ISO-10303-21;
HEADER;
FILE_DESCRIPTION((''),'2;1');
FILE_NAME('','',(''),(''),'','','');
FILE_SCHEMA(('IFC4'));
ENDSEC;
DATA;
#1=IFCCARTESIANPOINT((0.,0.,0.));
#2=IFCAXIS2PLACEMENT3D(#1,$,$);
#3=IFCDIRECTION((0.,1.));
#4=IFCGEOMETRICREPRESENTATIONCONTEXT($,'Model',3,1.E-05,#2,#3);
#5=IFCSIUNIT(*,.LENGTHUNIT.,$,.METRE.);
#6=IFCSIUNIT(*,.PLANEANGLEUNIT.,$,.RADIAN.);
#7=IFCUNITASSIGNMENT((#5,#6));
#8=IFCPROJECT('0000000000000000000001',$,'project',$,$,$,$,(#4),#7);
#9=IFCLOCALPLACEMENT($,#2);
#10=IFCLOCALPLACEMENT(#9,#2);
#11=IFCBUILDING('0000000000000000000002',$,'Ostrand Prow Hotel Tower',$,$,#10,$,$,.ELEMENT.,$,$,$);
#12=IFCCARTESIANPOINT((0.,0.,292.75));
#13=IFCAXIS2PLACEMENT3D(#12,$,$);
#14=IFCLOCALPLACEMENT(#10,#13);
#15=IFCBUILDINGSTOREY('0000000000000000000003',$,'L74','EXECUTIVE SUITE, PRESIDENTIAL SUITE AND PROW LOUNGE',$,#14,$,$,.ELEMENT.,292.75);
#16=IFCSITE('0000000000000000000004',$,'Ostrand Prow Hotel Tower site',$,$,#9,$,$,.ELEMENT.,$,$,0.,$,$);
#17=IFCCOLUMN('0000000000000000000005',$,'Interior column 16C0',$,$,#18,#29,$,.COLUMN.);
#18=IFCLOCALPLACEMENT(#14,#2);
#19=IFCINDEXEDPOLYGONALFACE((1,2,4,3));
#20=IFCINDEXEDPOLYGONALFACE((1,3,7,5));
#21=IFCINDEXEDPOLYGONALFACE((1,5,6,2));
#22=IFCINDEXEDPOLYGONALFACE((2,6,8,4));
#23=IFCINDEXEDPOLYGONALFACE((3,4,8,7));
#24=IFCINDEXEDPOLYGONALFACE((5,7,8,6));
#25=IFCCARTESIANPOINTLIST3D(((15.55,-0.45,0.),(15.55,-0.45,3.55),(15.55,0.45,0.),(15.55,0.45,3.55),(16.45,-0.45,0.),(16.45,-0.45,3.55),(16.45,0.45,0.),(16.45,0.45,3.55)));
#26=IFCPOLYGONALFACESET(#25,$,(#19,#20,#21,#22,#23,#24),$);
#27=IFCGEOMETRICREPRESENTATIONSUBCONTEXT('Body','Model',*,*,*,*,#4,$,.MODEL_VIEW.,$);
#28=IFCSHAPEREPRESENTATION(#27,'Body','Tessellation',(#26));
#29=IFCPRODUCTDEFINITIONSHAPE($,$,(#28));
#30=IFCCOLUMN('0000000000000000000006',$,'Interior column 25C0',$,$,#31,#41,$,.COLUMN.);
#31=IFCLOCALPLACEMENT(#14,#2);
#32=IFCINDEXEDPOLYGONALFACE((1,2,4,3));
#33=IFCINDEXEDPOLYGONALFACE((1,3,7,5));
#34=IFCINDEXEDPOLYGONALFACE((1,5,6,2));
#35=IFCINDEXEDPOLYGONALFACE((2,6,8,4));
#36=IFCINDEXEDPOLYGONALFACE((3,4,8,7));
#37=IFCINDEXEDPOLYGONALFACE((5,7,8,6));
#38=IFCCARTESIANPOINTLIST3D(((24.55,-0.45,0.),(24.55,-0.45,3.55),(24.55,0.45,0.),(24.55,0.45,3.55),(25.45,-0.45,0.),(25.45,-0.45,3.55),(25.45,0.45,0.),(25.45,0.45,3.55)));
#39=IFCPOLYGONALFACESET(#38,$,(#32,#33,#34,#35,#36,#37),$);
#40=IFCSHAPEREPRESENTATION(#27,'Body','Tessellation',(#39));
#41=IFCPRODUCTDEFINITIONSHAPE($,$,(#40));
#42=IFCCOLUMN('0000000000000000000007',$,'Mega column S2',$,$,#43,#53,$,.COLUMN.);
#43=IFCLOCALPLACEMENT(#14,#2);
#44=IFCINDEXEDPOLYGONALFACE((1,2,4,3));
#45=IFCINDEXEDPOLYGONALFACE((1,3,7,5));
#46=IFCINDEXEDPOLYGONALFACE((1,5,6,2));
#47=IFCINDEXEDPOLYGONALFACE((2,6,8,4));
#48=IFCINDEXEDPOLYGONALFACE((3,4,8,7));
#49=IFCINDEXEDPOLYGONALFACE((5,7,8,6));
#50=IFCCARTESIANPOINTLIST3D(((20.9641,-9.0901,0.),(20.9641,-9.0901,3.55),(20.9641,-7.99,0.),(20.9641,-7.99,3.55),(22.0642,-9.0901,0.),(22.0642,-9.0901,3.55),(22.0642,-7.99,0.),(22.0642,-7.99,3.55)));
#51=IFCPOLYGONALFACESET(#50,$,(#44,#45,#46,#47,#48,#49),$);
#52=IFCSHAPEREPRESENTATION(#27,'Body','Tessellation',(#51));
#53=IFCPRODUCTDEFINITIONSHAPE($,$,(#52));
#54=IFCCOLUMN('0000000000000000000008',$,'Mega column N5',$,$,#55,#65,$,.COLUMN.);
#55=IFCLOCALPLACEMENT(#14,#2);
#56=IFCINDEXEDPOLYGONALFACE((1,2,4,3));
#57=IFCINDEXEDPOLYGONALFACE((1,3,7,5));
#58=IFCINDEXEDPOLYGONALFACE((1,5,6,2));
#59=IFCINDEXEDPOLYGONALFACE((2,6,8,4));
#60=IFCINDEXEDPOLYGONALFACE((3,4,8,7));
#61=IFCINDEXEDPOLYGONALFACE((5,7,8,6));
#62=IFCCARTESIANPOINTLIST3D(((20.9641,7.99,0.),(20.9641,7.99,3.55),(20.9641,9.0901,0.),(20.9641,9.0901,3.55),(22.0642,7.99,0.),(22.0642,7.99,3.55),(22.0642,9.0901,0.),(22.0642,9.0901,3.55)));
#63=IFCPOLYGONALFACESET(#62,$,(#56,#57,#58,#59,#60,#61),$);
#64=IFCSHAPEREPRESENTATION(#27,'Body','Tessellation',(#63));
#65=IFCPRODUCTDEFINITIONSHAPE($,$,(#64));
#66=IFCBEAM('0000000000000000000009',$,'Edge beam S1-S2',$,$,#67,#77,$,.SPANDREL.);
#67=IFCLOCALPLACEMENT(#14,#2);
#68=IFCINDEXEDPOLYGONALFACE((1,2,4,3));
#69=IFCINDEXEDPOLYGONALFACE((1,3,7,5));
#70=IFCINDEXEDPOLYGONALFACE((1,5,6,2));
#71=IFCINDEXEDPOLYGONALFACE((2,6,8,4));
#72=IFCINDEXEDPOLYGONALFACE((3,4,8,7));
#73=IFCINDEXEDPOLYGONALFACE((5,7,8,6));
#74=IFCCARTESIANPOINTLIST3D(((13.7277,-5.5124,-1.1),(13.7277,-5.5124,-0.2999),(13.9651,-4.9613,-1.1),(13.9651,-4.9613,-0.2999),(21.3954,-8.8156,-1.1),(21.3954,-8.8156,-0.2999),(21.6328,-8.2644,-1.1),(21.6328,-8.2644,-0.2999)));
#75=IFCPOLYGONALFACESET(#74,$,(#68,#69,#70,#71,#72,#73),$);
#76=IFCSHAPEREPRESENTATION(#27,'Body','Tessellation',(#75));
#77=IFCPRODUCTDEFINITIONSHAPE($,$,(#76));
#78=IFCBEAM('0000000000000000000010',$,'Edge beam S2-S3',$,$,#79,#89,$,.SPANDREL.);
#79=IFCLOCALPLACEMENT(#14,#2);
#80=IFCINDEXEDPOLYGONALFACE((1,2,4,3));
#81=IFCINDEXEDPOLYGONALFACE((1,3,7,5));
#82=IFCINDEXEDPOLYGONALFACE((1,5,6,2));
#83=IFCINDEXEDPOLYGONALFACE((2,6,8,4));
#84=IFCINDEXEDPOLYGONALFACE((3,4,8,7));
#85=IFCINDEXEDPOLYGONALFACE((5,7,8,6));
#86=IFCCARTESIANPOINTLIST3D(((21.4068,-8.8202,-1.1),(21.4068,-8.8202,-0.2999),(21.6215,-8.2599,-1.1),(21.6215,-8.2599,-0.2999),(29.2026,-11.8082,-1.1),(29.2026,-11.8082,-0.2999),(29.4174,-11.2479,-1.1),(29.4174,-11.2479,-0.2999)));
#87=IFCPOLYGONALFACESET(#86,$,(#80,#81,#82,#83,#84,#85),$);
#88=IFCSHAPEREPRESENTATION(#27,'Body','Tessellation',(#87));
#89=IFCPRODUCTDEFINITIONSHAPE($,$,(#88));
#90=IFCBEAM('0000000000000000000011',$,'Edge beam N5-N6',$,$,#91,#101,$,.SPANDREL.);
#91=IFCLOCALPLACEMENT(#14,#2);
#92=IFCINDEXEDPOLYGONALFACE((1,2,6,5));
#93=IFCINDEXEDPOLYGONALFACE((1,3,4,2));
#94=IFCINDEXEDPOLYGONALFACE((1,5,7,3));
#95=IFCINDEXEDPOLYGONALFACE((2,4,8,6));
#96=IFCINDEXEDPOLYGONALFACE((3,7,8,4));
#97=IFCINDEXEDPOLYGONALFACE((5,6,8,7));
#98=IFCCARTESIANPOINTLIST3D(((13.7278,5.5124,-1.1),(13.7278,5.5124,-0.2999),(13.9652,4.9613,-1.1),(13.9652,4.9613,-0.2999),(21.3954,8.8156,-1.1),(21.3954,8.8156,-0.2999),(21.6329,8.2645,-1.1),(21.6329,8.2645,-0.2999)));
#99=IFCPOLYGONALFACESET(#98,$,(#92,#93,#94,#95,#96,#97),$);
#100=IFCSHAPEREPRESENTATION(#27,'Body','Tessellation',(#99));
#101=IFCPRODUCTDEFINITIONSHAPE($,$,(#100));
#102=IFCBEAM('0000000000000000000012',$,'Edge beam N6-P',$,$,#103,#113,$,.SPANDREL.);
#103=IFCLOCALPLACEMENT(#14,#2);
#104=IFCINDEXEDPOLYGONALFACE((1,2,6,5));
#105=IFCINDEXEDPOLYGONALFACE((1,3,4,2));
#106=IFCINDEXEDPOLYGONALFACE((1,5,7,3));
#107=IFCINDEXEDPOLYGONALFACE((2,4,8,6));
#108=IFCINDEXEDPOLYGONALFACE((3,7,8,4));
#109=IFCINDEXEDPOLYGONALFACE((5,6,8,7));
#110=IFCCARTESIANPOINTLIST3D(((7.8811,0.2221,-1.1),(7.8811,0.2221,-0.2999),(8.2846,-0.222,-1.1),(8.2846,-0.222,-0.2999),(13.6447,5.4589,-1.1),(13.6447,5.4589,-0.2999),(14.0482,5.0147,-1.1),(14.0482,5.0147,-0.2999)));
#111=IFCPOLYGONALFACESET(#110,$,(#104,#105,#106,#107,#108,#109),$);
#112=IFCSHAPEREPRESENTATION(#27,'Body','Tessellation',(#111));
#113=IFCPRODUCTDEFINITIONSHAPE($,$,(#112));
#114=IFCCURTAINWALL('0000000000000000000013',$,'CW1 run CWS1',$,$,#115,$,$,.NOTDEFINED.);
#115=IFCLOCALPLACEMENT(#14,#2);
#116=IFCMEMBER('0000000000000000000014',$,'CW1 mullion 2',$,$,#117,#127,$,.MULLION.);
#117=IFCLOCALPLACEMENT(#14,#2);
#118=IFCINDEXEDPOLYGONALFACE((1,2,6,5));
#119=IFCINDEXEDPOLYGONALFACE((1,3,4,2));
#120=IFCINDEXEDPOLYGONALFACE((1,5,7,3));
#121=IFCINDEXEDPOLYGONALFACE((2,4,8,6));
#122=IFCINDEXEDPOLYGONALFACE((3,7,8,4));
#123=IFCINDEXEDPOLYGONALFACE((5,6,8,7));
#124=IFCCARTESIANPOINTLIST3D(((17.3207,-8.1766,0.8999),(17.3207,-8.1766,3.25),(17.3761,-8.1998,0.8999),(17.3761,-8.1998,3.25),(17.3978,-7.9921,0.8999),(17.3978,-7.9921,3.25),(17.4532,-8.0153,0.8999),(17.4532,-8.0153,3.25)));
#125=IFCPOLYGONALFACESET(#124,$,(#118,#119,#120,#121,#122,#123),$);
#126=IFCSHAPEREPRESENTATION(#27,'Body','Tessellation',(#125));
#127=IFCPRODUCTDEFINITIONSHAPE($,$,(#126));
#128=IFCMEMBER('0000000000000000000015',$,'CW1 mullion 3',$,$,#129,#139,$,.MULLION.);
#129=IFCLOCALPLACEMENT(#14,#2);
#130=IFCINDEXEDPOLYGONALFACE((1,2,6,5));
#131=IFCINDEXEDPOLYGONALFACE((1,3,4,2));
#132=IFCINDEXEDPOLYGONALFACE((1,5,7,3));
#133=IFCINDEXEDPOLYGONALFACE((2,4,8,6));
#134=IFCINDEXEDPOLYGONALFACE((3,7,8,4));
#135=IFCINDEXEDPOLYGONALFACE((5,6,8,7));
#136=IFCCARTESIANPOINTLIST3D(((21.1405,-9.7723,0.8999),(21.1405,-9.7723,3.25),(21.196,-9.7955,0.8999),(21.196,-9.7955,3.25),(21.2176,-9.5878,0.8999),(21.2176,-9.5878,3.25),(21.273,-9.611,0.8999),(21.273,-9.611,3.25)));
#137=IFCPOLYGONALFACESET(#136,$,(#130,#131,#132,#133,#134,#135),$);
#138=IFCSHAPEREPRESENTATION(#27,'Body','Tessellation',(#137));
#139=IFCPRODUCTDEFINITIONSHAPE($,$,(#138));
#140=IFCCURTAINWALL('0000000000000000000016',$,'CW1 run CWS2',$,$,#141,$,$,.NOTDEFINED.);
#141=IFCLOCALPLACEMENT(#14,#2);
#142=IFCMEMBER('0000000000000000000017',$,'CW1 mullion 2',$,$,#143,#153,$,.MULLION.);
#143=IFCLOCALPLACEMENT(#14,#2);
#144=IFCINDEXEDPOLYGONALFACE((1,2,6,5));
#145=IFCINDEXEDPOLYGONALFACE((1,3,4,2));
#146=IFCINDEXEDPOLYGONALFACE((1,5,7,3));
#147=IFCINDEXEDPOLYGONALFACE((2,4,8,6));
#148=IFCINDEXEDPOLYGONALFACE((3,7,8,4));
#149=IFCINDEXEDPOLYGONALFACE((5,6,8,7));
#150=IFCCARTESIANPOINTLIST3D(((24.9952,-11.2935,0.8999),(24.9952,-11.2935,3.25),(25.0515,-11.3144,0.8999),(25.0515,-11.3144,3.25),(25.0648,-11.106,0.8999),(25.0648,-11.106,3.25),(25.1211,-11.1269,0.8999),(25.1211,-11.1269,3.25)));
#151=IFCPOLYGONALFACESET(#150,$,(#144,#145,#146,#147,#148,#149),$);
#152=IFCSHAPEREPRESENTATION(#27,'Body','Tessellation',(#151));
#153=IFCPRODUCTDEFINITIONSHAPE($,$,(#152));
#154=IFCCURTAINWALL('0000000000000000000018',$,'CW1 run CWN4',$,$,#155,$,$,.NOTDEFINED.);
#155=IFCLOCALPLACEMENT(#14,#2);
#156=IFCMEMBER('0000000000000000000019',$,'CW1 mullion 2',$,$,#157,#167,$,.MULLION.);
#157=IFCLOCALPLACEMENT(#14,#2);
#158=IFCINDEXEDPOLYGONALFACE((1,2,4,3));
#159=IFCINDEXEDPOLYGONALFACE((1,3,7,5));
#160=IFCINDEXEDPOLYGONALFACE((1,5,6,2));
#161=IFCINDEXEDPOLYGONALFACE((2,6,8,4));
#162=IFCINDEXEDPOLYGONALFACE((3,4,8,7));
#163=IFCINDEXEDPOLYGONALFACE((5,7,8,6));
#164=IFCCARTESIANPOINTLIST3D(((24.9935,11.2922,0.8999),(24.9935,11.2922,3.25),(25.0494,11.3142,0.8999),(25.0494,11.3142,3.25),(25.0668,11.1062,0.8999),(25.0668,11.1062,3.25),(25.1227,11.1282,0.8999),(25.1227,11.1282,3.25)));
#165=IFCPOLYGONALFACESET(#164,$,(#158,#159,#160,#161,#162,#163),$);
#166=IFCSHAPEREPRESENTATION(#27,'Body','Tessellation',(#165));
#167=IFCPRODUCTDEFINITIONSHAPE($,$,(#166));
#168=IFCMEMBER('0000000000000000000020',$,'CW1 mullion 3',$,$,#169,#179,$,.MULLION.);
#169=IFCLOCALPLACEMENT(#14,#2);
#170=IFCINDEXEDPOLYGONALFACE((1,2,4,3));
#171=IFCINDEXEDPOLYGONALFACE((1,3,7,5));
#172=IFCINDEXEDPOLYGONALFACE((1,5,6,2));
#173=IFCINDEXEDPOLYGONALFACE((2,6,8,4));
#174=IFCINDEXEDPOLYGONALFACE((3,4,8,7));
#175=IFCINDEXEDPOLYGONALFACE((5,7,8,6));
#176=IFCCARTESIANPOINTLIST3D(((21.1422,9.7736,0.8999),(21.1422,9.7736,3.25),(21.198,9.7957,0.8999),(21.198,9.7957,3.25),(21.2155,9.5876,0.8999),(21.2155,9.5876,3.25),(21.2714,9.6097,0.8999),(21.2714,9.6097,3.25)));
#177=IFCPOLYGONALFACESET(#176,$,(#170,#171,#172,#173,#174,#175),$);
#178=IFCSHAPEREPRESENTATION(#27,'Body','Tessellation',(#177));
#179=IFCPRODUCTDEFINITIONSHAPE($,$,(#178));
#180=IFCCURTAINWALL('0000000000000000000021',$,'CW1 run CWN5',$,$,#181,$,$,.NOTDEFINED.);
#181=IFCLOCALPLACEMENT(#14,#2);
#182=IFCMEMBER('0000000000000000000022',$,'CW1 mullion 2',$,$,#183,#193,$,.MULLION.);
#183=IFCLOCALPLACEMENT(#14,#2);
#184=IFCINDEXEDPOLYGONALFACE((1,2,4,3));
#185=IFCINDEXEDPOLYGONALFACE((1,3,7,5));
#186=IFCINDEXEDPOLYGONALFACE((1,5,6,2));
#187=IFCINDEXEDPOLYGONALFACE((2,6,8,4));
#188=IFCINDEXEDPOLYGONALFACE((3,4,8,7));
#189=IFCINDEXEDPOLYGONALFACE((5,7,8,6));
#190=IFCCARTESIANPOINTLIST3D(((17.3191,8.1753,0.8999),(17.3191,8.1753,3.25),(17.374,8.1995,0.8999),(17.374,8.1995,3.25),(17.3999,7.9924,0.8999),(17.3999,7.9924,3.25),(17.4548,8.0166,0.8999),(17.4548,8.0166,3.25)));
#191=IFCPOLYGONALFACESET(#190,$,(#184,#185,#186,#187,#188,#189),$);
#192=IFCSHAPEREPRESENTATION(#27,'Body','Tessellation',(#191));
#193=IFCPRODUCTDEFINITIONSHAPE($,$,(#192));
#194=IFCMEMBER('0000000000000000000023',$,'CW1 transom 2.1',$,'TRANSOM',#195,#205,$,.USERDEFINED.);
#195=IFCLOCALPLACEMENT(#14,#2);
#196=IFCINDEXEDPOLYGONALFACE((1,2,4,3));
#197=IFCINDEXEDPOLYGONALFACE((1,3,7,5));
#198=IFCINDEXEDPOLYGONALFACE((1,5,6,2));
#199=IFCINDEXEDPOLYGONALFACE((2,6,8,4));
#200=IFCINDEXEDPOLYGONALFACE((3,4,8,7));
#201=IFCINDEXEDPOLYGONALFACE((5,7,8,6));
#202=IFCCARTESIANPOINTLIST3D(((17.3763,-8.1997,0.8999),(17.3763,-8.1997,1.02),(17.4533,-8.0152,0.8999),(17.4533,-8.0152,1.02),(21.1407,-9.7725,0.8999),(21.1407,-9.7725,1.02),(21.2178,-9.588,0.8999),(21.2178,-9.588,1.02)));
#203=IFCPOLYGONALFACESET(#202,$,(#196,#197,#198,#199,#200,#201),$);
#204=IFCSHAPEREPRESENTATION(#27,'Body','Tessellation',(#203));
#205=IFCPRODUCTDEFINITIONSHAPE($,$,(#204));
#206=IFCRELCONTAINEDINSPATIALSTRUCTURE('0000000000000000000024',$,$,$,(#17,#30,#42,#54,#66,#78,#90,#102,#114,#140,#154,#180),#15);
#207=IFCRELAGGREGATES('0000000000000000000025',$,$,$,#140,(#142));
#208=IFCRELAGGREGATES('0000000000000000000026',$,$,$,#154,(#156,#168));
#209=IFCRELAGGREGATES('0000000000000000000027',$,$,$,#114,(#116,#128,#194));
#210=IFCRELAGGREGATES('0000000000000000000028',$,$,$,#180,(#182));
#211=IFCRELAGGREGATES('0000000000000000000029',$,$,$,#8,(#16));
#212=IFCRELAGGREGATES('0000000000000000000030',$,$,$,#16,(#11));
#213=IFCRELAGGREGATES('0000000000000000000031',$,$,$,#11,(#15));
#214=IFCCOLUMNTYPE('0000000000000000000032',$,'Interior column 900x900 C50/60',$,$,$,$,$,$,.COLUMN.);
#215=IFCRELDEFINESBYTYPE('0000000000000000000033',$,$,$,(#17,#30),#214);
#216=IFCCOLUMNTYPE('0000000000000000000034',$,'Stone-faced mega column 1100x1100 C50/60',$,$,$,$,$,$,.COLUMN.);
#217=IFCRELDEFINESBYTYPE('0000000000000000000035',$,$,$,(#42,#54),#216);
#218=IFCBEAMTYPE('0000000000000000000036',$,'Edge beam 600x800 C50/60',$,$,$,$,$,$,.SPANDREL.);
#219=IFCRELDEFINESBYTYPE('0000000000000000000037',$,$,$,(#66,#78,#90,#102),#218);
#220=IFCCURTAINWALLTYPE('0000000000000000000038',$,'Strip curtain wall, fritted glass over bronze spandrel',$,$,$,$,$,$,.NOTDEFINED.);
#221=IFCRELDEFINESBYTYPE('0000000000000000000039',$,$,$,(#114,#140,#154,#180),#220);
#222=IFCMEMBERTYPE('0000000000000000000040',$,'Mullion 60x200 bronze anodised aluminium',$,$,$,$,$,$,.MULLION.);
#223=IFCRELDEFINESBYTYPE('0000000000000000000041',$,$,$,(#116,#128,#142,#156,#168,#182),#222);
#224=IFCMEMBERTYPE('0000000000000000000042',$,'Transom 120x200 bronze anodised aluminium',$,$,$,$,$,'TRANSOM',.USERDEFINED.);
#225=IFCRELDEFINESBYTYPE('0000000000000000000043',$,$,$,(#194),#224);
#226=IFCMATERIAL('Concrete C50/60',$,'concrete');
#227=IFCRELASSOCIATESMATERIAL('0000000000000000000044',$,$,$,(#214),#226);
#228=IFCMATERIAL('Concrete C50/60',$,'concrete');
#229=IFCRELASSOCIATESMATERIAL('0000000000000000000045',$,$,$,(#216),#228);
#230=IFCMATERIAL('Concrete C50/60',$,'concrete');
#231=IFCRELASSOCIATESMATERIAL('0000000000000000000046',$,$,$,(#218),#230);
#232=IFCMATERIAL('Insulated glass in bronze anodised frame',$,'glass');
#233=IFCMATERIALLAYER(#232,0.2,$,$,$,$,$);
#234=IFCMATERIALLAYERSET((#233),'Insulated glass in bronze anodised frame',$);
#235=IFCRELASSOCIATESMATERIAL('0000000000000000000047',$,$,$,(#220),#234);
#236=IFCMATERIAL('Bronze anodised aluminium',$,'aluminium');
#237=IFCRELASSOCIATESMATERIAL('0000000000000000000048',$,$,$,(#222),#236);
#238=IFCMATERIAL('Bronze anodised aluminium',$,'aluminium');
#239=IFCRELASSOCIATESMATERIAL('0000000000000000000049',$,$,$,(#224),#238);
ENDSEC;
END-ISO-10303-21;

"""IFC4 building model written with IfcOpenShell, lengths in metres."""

from ifc_helpers import new_model, si_unit, direction, frame, origin, origin_2d, place, context, subcontext, project, spatial, rectangle, extrude, material, layer, layer_set, material_profile, profile_set, type_object, element, aggregate, save


model = new_model("IFC4")

# Units and contexts
model_context = context("Model", 3, precision=1e-05, world=origin(), true_north=direction((0.0, 1.0)))
body_context = subcontext(model_context, "Body", "Model", "MODEL_VIEW")
ifc_project = project(units=[si_unit("LENGTHUNIT", "METRE"), si_unit("PLANEANGLEUNIT", "RADIAN")], contexts=[model_context])

# Site, building, storey
site_placement = place(None, origin())
site = spatial("IfcSite", under=ifc_project, at=site_placement, Name="Ostrand Prow Hotel Tower site", CompositionType="ELEMENT", RefElevation=0.0)
building_placement = place(site_placement, origin())
building = spatial("IfcBuilding", under=site, at=building_placement, Name="Ostrand Prow Hotel Tower", CompositionType="ELEMENT")
storey_placement = place(building_placement, frame((0.0, 0.0, 292.75)))
storey = spatial("IfcBuildingStorey", under=building, at=storey_placement, Name="L74", Description="EXECUTIVE SUITE, PRESIDENTIAL SUITE AND PROW LOUNGE", CompositionType="ELEMENT", Elevation=292.75)

# Columns
ifc_material_1 = material(Name="Concrete C50/60", Category="concrete")
ifc_material_profile_1 = material_profile(ifc_material_1, rectangle(XDim=0.8999, YDim=0.8999, at=origin_2d()), Name="RC 900x900")
ifc_profile_set_1 = profile_set([ifc_material_profile_1], Name="Concrete C50/60")
column_type_1 = type_object("IfcColumnType", Name="Interior column 900x900 C50/60", PredefinedType="COLUMN", material=ifc_profile_set_1)
for number, where, z_axis, x_axis, name in (
    (1, (16.0, 0.0, 0.0), (0.0, 0.0, 1.0), (1.0, 0.0, 0.0), "Interior column 16C0"),
    (2, (25.0, 0.0, 0.0), (0.0, 0.0, 1.0), (1.0, 0.0, 0.0), "Interior column 25C0"),
):
    element("IfcColumn", number, at=place(storey_placement, frame(where, z_axis=z_axis, x_axis=x_axis)), inside=storey, type_object=column_type_1, Name=name, PredefinedType="COLUMN", context=body_context, shape_type="SweptSolid", body=[
        extrude(rectangle(XDim=0.8999, YDim=0.8999, at=origin_2d()), origin(), (0.0, 0.0, 1.0), 3.55),
    ])
ifc_material_2 = material(Name="Concrete C50/60", Category="concrete")
ifc_material_profile_2 = material_profile(ifc_material_2, rectangle(XDim=1.1001, YDim=1.1001, at=origin_2d()), Name="RC 1100x1100")
ifc_profile_set_2 = profile_set([ifc_material_profile_2], Name="Concrete C50/60")
column_type_2 = type_object("IfcColumnType", Name="Stone-faced mega column 1100x1100 C50/60", PredefinedType="COLUMN", material=ifc_profile_set_2)
for number, where, z_axis, x_axis, name in (
    (3, (21.5142, -8.54, 0.0), (0.0, 0.0, 1.0), (1.0, 0.0, 0.0), "Mega column S2"),
    (4, (21.5142, 8.54, 0.0), (0.0, 0.0, 1.0), (1.0, 0.0, 0.0), "Mega column N5"),
):
    element("IfcColumn", number, at=place(storey_placement, frame(where, z_axis=z_axis, x_axis=x_axis)), inside=storey, type_object=column_type_2, Name=name, PredefinedType="COLUMN", context=body_context, shape_type="SweptSolid", body=[
        extrude(rectangle(XDim=1.1001, YDim=1.1001, at=origin_2d()), origin(), (0.0, 0.0, 1.0), 3.55),
    ])

# Beams
ifc_material_3 = material(Name="Concrete C50/60", Category="concrete")
ifc_material_profile_3 = material_profile(ifc_material_3, rectangle(XDim=0.6001, YDim=0.8, at=origin_2d()), Name="RC 600x800")
ifc_profile_set_3 = profile_set([ifc_material_profile_3], Name="Concrete C50/60")
beam_type = type_object("IfcBeamType", Name="Edge beam 600x800 C50/60", PredefinedType="SPANDREL", material=ifc_profile_set_3)
for number, where, z_axis, x_axis, name in (
    (5, (13.8464, -5.2368, -0.7), (0.918404, -0.395644, 0.0), (0.395644, 0.918404, 0.0), "Edge beam S1-S2"),
    (6, (21.5142, -8.54, -0.7), (0.933762, -0.357895, 0.0), (0.357895, 0.933762, 0.0), "Edge beam S2-S3"),
    (7, (21.5142, 8.54, -0.7), (-0.918404, -0.395644, 0.0), (0.395644, -0.918404, 0.0), "Edge beam N5-N6"),
):
    element("IfcBeam", number, at=place(storey_placement, frame(where, z_axis=z_axis, x_axis=x_axis)), inside=storey, type_object=beam_type, Name=name, PredefinedType="SPANDREL", context=body_context, shape_type="SweptSolid", body=[
        extrude(rectangle(XDim=0.6001, YDim=0.8, at=origin_2d()), origin(), (0.0, 0.0, 1.0), 8.3489),
    ])
beam_placement = place(storey_placement, frame((13.8464, 5.2368, -0.7), z_axis=(-0.740124, -0.67247, 0.0), x_axis=(0.67247, -0.740124, 0.0)))
element("IfcBeam", 8, at=beam_placement, inside=storey, type_object=beam_type, Name="Edge beam N6-P", PredefinedType="SPANDREL", context=body_context, shape_type="SweptSolid", body=[
    extrude(rectangle(XDim=0.6001, YDim=0.8, at=origin_2d()), origin(), (0.0, 0.0, 1.0), 7.7874),
])

# Curtain wall, members
ifc_material_4 = material(Name="Insulated glass in bronze anodised frame", Category="glass")
ifc_layer_1 = layer(ifc_material_4, 0.2)
ifc_layer_set_1 = layer_set([ifc_layer_1], Name="Insulated glass in bronze anodised frame")
curtain_wall_type = type_object("IfcCurtainWallType", Name="Strip curtain wall, fritted glass over bronze spandrel", PredefinedType="NOTDEFINED", material=ifc_layer_set_1)
curtain_wall_1_placement = place(storey_placement, origin())
curtain_wall_1 = element("IfcCurtainWall", 9, at=curtain_wall_1_placement, inside=storey, type_object=curtain_wall_type, Name="CW1 run CWS1", PredefinedType="NOTDEFINED")
ifc_material_5 = material(Name="Bronze anodised aluminium", Category="aluminium")
ifc_material_profile_4 = material_profile(ifc_material_5, rectangle(XDim=0.2, YDim=0.0601, at=origin_2d()), Name="Mullion 60x200 bronze anodised aluminium")
ifc_profile_set_4 = profile_set([ifc_material_profile_4], Name="Bronze anodised aluminium")
member_type_1 = type_object("IfcMemberType", Name="Mullion 60x200 bronze anodised aluminium", PredefinedType="MULLION", material=ifc_profile_set_4)
member_1_placement = place(storey_placement, frame((17.387, -8.0959, 0.8999), z_axis=(0.0, 0.0, 1.0), x_axis=(0.385471, 0.92272, 0.0)))
member_1 = element("IfcMember", 10, at=member_1_placement, type_object=member_type_1, Name="CW1 mullion 2", PredefinedType="MULLION", context=body_context, shape_type="SweptSolid", body=[
    extrude(rectangle(XDim=0.2, YDim=0.0601, at=origin_2d()), origin(), (0.0, 0.0, 1.0), 2.3501),
])
member_2_placement = place(storey_placement, frame((21.2068, -9.6917, 0.8999), z_axis=(0.0, 0.0, 1.0), x_axis=(0.385471, 0.92272, 0.0)))
member_2 = element("IfcMember", 11, at=member_2_placement, type_object=member_type_1, Name="CW1 mullion 3", PredefinedType="MULLION", context=body_context, shape_type="SweptSolid", body=[
    extrude(rectangle(XDim=0.2, YDim=0.0601, at=origin_2d()), origin(), (0.0, 0.0, 1.0), 2.3501),
])

# Curtain wall, member
curtain_wall_2_placement = place(storey_placement, origin())
curtain_wall_2 = element("IfcCurtainWall", 12, at=curtain_wall_2_placement, inside=storey, type_object=curtain_wall_type, Name="CW1 run CWS2", PredefinedType="NOTDEFINED")
member_3_placement = place(storey_placement, frame((25.0581, -11.2102, 0.8999), z_axis=(0.0, 0.0, 1.0), x_axis=(0.348071, 0.937468, 0.0)))
member_3 = element("IfcMember", 13, at=member_3_placement, type_object=member_type_1, Name="CW1 mullion 2", PredefinedType="MULLION", context=body_context, shape_type="SweptSolid", body=[
    extrude(rectangle(XDim=0.2, YDim=0.0601, at=origin_2d()), origin(), (0.0, 0.0, 1.0), 2.3501),
])

# Curtain wall, members
curtain_wall_3_placement = place(storey_placement, origin())
curtain_wall_3 = element("IfcCurtainWall", 14, at=curtain_wall_3_placement, inside=storey, type_object=curtain_wall_type, Name="CW1 run CWN4", PredefinedType="NOTDEFINED")
member_4_placement = place(storey_placement, frame((25.0581, 11.2102, 0.8999), z_axis=(0.0, 0.0, 1.0), x_axis=(0.366845, -0.930282, 0.0)))
member_4 = element("IfcMember", 15, at=member_4_placement, type_object=member_type_1, Name="CW1 mullion 2", PredefinedType="MULLION", context=body_context, shape_type="SweptSolid", body=[
    extrude(rectangle(XDim=0.2, YDim=0.0601, at=origin_2d()), origin(), (0.0, 0.0, 1.0), 2.3501),
])
member_5_placement = place(storey_placement, frame((21.2068, 9.6917, 0.8999), z_axis=(0.0, 0.0, 1.0), x_axis=(0.366845, -0.930282, 0.0)))
member_5 = element("IfcMember", 16, at=member_5_placement, type_object=member_type_1, Name="CW1 mullion 3", PredefinedType="MULLION", context=body_context, shape_type="SweptSolid", body=[
    extrude(rectangle(XDim=0.2, YDim=0.0601, at=origin_2d()), origin(), (0.0, 0.0, 1.0), 2.3501),
])

# Curtain wall, member
curtain_wall_4_placement = place(storey_placement, origin())
curtain_wall_4 = element("IfcCurtainWall", 17, at=curtain_wall_4_placement, inside=storey, type_object=curtain_wall_type, Name="CW1 run CWN5", PredefinedType="NOTDEFINED")
member_6_placement = place(storey_placement, frame((17.387, 8.0959, 0.8999), z_axis=(0.0, 0.0, 1.0), x_axis=(0.40394, -0.914786, 0.0)))
member_6 = element("IfcMember", 18, at=member_6_placement, type_object=member_type_1, Name="CW1 mullion 2", PredefinedType="MULLION", context=body_context, shape_type="SweptSolid", body=[
    extrude(rectangle(XDim=0.2, YDim=0.0601, at=origin_2d()), origin(), (0.0, 0.0, 1.0), 2.3501),
])

# Member
ifc_material_6 = material(Name="Bronze anodised aluminium", Category="aluminium")
ifc_material_profile_5 = material_profile(ifc_material_6, rectangle(XDim=0.2, YDim=0.1201, at=origin_2d()), Name="Transom 120x200 bronze anodised aluminium")
ifc_profile_set_5 = profile_set([ifc_material_profile_5], Name="Bronze anodised aluminium")
member_type_2 = type_object("IfcMemberType", Name="Transom 120x200 bronze anodised aluminium", ElementType="TRANSOM", PredefinedType="USERDEFINED", material=ifc_profile_set_5)
member_7_placement = place(storey_placement, frame((17.4148, -8.1074, 0.96), z_axis=(0.922706, -0.385503, 0.0), x_axis=(0.385503, 0.922706, 0.0)))
member_7 = element("IfcMember", 19, at=member_7_placement, type_object=member_type_2, Name="CW1 transom 2.1", ObjectType="TRANSOM", PredefinedType="USERDEFINED", context=body_context, shape_type="SweptSolid", body=[
    extrude(rectangle(XDim=0.2, YDim=0.1201, at=origin_2d()), origin(), (0.0, 0.0, 1.0), 4.0798),
])

aggregate(curtain_wall_2, [member_3])
aggregate(curtain_wall_3, [member_4, member_5])
aggregate(curtain_wall_1, [member_1, member_2, member_7])
aggregate(curtain_wall_4, [member_6])

save(model, "model.ifc")
